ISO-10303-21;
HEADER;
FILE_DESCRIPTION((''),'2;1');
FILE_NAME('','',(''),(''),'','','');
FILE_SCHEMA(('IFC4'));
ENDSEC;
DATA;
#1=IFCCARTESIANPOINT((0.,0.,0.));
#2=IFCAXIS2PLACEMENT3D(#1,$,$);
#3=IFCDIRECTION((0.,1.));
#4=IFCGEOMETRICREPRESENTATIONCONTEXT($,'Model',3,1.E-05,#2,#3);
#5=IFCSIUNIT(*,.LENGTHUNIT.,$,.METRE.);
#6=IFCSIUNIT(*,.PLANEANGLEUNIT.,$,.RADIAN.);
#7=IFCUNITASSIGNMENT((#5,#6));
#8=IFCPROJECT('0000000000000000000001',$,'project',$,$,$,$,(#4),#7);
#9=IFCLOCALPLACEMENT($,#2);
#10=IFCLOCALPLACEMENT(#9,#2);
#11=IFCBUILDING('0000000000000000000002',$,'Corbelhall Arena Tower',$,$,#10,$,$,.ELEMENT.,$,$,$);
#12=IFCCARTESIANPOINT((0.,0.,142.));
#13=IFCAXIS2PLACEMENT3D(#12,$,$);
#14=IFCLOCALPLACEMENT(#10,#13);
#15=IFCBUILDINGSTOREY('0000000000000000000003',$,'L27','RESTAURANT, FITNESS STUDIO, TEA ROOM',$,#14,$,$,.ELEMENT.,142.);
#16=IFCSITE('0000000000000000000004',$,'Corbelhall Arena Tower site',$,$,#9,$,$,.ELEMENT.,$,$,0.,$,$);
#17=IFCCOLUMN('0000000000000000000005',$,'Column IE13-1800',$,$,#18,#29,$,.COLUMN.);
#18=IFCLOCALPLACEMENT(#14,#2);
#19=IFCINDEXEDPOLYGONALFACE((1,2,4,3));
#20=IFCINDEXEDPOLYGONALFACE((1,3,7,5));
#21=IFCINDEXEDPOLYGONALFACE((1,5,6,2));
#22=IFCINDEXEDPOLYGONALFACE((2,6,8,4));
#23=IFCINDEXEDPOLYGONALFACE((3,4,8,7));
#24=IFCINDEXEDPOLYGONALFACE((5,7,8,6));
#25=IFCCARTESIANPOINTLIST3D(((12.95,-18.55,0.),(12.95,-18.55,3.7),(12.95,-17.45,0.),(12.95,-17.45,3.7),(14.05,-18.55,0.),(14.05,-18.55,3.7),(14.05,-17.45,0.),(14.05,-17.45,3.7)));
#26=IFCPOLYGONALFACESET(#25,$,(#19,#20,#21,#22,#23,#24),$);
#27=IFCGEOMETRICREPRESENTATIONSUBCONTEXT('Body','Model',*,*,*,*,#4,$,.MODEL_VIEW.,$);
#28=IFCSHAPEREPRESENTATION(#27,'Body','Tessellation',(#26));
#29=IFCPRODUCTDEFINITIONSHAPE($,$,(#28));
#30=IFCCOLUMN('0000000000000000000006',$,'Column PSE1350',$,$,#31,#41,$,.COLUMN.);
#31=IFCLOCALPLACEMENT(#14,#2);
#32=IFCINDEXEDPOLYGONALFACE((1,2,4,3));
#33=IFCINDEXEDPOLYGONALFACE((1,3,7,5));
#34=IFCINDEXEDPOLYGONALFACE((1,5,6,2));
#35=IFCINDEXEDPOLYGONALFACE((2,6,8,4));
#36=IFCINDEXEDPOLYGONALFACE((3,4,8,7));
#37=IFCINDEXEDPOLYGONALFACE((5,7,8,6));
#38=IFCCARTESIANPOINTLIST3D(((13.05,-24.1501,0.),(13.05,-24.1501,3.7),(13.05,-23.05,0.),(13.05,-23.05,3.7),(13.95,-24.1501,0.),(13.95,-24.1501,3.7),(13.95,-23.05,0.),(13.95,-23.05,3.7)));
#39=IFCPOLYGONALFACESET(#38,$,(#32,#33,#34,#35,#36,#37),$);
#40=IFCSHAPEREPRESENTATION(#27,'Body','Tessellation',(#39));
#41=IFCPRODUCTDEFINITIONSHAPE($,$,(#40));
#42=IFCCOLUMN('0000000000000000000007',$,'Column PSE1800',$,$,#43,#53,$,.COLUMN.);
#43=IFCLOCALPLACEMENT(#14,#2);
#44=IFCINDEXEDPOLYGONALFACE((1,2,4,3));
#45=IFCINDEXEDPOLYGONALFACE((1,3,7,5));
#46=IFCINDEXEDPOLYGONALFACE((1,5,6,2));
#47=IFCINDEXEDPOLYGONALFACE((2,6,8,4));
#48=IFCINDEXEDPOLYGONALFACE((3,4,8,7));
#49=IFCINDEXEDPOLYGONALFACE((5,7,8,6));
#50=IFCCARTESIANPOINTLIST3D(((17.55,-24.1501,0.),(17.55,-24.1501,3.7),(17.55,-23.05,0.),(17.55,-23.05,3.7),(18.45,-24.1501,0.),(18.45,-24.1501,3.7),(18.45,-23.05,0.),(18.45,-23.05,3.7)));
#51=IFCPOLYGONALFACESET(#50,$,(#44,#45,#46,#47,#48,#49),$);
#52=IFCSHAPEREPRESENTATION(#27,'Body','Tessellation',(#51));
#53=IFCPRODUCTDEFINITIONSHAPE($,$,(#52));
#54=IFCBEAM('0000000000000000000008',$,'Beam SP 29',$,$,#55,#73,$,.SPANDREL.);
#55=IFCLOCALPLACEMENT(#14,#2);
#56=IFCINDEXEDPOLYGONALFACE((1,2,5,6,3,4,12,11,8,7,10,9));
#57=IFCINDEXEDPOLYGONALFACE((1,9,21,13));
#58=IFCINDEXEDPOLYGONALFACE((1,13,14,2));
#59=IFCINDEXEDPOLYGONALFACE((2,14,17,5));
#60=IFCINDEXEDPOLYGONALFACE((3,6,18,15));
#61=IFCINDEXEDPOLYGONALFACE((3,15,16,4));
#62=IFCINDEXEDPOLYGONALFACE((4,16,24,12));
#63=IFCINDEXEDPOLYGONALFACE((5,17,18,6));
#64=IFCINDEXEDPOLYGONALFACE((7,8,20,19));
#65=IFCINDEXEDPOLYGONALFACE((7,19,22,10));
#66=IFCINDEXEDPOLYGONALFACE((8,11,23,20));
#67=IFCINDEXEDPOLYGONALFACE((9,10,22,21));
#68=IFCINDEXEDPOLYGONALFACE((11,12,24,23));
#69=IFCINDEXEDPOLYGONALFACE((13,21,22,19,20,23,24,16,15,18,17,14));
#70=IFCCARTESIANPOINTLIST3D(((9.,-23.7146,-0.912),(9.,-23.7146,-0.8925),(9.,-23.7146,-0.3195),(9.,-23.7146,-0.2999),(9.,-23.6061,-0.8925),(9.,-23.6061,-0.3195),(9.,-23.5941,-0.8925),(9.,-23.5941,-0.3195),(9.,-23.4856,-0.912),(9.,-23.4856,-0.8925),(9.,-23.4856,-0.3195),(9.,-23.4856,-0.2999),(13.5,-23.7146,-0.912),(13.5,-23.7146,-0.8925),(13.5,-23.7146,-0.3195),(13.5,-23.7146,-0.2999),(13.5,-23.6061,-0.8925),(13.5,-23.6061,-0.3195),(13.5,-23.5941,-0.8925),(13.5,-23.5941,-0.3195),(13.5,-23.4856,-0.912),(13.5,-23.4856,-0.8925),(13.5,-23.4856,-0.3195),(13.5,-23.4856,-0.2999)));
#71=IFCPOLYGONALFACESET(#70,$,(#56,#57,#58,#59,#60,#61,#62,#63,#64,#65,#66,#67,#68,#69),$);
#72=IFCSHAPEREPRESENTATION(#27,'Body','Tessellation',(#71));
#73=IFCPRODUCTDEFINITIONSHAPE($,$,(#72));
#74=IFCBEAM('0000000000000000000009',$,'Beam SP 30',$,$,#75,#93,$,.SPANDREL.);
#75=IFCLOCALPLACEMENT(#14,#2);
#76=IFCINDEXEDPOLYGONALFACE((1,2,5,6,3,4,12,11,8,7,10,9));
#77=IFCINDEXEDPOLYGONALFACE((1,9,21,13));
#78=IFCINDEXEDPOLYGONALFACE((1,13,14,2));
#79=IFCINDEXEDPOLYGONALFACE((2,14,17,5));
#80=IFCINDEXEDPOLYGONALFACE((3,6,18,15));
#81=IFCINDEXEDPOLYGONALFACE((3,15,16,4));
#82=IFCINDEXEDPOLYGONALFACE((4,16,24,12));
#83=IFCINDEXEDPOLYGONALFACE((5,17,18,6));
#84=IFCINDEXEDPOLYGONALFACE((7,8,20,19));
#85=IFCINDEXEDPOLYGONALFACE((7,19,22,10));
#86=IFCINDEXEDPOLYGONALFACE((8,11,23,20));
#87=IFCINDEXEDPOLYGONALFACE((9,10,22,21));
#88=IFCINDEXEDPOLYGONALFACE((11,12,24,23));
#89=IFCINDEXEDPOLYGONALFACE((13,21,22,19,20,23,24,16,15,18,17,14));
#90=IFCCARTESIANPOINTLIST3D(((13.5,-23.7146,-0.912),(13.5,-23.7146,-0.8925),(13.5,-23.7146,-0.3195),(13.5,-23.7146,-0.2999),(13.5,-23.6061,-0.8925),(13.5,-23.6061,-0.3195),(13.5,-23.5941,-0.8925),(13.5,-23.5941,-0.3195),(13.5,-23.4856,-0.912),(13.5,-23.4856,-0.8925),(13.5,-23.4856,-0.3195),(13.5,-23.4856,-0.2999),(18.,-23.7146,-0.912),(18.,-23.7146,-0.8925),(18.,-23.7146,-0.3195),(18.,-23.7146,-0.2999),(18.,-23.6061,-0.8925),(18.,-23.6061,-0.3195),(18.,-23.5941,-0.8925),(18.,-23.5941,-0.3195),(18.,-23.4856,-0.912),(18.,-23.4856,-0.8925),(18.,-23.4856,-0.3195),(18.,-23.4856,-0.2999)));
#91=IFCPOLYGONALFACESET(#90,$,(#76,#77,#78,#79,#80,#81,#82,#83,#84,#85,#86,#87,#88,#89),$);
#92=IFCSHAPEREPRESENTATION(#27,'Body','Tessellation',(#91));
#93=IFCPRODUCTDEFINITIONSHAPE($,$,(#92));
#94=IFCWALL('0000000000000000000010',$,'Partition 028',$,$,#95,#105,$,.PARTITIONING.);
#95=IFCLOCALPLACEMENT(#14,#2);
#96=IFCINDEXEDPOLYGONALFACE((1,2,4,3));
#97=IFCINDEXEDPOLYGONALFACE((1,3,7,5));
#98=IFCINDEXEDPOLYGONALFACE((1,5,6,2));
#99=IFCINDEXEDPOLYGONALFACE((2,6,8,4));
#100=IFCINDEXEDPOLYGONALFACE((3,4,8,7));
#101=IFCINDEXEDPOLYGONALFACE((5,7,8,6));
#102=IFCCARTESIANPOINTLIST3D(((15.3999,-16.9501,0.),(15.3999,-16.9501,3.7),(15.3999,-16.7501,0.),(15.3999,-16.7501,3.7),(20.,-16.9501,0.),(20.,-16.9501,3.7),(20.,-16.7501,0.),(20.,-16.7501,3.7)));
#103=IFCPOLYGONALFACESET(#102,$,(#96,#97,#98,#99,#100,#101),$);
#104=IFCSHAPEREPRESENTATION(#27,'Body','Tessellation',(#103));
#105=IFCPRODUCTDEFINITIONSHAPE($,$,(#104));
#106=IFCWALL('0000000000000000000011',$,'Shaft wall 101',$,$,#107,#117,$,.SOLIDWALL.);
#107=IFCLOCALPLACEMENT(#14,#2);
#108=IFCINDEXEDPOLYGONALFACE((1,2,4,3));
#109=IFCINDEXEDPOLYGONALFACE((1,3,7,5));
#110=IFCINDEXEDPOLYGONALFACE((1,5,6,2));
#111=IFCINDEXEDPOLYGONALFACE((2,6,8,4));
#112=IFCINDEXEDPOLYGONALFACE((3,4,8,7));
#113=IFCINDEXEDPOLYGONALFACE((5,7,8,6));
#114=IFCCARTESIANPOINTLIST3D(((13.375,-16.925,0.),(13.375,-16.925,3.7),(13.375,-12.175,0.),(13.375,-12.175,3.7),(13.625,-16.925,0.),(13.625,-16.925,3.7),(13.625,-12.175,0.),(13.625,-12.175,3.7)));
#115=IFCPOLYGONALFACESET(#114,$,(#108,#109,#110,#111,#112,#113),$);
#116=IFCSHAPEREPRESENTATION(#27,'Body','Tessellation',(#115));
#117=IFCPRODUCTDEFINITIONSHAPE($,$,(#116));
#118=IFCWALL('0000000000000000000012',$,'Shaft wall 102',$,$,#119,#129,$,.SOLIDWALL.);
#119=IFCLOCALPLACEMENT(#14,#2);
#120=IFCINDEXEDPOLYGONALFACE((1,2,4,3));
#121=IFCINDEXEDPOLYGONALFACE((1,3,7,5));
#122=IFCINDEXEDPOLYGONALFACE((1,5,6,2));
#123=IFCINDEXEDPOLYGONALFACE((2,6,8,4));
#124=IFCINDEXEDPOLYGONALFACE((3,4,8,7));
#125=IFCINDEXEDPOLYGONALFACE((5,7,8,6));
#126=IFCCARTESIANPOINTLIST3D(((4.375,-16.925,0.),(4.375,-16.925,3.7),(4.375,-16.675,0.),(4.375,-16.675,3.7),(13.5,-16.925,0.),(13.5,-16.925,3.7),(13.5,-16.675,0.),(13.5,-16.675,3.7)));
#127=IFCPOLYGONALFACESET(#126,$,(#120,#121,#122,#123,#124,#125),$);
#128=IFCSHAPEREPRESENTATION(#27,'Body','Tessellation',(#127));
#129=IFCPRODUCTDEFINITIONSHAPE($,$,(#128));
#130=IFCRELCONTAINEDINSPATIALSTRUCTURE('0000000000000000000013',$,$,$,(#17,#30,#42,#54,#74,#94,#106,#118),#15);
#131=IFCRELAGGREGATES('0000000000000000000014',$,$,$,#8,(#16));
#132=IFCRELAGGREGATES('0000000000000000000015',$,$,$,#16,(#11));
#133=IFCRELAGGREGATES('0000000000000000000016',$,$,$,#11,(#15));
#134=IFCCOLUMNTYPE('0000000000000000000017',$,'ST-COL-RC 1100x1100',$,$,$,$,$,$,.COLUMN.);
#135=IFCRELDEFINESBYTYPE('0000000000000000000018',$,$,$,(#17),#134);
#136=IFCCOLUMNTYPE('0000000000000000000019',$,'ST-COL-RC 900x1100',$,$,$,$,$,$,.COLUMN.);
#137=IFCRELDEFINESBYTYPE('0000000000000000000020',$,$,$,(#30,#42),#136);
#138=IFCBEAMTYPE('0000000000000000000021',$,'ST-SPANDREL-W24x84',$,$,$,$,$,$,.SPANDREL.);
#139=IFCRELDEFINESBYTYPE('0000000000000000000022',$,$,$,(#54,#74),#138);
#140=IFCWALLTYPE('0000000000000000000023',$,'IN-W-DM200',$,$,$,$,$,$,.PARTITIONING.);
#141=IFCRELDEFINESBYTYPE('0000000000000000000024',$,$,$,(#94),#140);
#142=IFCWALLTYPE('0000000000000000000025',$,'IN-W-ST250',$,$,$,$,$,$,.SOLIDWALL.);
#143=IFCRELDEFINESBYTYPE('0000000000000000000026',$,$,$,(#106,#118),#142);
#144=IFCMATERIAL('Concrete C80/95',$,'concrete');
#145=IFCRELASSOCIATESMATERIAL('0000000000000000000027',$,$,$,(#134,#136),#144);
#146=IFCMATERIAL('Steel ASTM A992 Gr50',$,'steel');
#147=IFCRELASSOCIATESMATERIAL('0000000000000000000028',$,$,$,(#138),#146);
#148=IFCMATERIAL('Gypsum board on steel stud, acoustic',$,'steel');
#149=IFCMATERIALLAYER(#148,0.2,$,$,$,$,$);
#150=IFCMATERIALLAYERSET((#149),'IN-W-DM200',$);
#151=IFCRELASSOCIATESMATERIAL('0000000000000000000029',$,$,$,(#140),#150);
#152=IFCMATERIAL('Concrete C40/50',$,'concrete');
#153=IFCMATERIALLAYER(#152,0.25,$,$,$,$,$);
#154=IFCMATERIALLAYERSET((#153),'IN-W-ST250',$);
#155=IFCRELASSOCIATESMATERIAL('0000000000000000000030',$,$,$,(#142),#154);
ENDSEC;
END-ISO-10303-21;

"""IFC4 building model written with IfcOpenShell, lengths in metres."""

from ifc_helpers import new_model, si_unit, direction, frame, frame_2d, origin, origin_2d, place, context, subcontext, project, spatial, rectangle, i_section, extrude, material, layer, layer_set, material_profile, profile_set, type_object, element, save


model = new_model("IFC4")

# Units and contexts
model_context = context("Model", 3, precision=1e-05, world=origin(), true_north=direction((0.0, 1.0)))
body_context = subcontext(model_context, "Body", "Model", "MODEL_VIEW")
ifc_project = project(units=[si_unit("LENGTHUNIT", "METRE"), si_unit("PLANEANGLEUNIT", "RADIAN")], contexts=[model_context])

# Site, building, storey
site_placement = place(None, origin())
site = spatial("IfcSite", under=ifc_project, at=site_placement, Name="Corbelhall Arena Tower site", CompositionType="ELEMENT", RefElevation=0.0)
building_placement = place(site_placement, origin())
building = spatial("IfcBuilding", under=site, at=building_placement, Name="Corbelhall Arena Tower", CompositionType="ELEMENT")
storey_placement = place(building_placement, frame((0.0, 0.0, 142.0)))
storey = spatial("IfcBuildingStorey", under=building, at=storey_placement, Name="L27", Description="RESTAURANT, FITNESS STUDIO, TEA ROOM", CompositionType="ELEMENT", Elevation=142.0)

# Columns
ifc_material_1 = material(Name="Concrete C80/95", Category="concrete")
ifc_material_profile_1 = material_profile(ifc_material_1, rectangle(XDim=1.1001, YDim=1.1001, at=origin_2d()))
ifc_profile_set_1 = profile_set([ifc_material_profile_1], Name="Concrete C80/95")
column_type_1 = type_object("IfcColumnType", Name="ST-COL-RC 1100x1100", PredefinedType="COLUMN", material=ifc_profile_set_1)
column_placement = place(storey_placement, frame((13.5, -18.0, 0.0), z_axis=(0.0, 0.0, 1.0), x_axis=(1.0, 0.0, 0.0)))
element("IfcColumn", 1, at=column_placement, inside=storey, type_object=column_type_1, Name="Column IE13-1800", PredefinedType="COLUMN", context=body_context, shape_type="SweptSolid", body=[
    extrude(rectangle(XDim=1.1001, YDim=1.1001, at=origin_2d()), origin(), (0.0, 0.0, 1.0), 3.7),
])
ifc_material_profile_2 = material_profile(ifc_material_1, rectangle(XDim=0.8999, YDim=1.1001, at=origin_2d()))
ifc_profile_set_2 = profile_set([ifc_material_profile_2], Name="Concrete C80/95")
column_type_2 = type_object("IfcColumnType", Name="ST-COL-RC 900x1100", PredefinedType="COLUMN", material=ifc_profile_set_2)
for number, where, z_axis, x_axis, name in (
    (2, (13.5, -23.6001, 0.0), (0.0, 0.0, 1.0), (1.0, 0.0, 0.0), "Column PSE1350"),
    (3, (18.0, -23.6001, 0.0), (0.0, 0.0, 1.0), (1.0, 0.0, 0.0), "Column PSE1800"),
):
    element("IfcColumn", number, at=place(storey_placement, frame(where, z_axis=z_axis, x_axis=x_axis)), inside=storey, type_object=column_type_2, Name=name, PredefinedType="COLUMN", context=body_context, shape_type="SweptSolid", body=[
        extrude(rectangle(XDim=0.8999, YDim=1.1001, at=origin_2d()), origin(), (0.0, 0.0, 1.0), 3.7),
    ])

# Beams
ifc_material_2 = material(Name="Steel ASTM A992 Gr50", Category="steel")
ifc_material_profile_3 = material_profile(ifc_material_2, i_section(OverallWidth=0.229, OverallDepth=0.6121, WebThickness=0.012, FlangeThickness=0.0195, at=origin_2d()))
ifc_profile_set_3 = profile_set([ifc_material_profile_3], Name="Steel ASTM A992 Gr50")
beam_type = type_object("IfcBeamType", Name="ST-SPANDREL-W24x84", PredefinedType="SPANDREL", material=ifc_profile_set_3)
for number, where, z_axis, x_axis, name in (
    (4, (13.5, -23.6001, -0.606), (-1.0, 0.0, 0.0), (0.0, -1.0, 0.0), "Beam SP 29"),
    (5, (18.0, -23.6001, -0.606), (-1.0, 0.0, 0.0), (0.0, -1.0, 0.0), "Beam SP 30"),
):
    element("IfcBeam", number, at=place(storey_placement, frame(where, z_axis=z_axis, x_axis=x_axis)), inside=storey, type_object=beam_type, Name=name, PredefinedType="SPANDREL", context=body_context, shape_type="SweptSolid", body=[
        extrude(i_section(OverallWidth=0.229, OverallDepth=0.6121, WebThickness=0.012, FlangeThickness=0.0195, at=origin_2d()), origin(), (0.0, 0.0, 1.0), 4.5),
    ])

# Shared definitions
ifc_material_3 = material(Name="Gypsum board on steel stud, acoustic", Category="steel")
ifc_layer_1 = layer(ifc_material_3, 0.2)
ifc_layer_set_1 = layer_set([ifc_layer_1], Name="IN-W-DM200")
wall_type_1 = type_object("IfcWallType", Name="IN-W-DM200", PredefinedType="PARTITIONING", material=ifc_layer_set_1)

# Walls
wall_1_placement = place(storey_placement, frame((15.3999, -16.8501, 0.0), z_axis=(0.0, 0.0, 1.0), x_axis=(1.0, 0.0, 0.0)))
element("IfcWall", 6, at=wall_1_placement, inside=storey, type_object=wall_type_1, Name="Partition 028", PredefinedType="PARTITIONING", context=body_context, shape_type="SweptSolid", body=[
    extrude(rectangle(XDim=4.6001, YDim=0.2, at=frame_2d((2.3, 0.0))), origin(), (0.0, 0.0, 1.0), 3.7),
])
ifc_material_4 = material(Name="Concrete C40/50", Category="concrete")
ifc_layer_2 = layer(ifc_material_4, 0.25)
ifc_layer_set_2 = layer_set([ifc_layer_2], Name="IN-W-ST250")
wall_type_2 = type_object("IfcWallType", Name="IN-W-ST250", PredefinedType="SOLIDWALL", material=ifc_layer_set_2)
wall_2_placement = place(storey_placement, frame((13.5, -16.925, 0.0), z_axis=(0.0, 0.0, 1.0), x_axis=(0.0, 1.0, 0.0)))
element("IfcWall", 7, at=wall_2_placement, inside=storey, type_object=wall_type_2, Name="Shaft wall 101", PredefinedType="SOLIDWALL", context=body_context, shape_type="SweptSolid", body=[
    extrude(rectangle(XDim=4.75, YDim=0.25, at=frame_2d((2.375, 0.0))), origin(), (0.0, 0.0, 1.0), 3.7),
])
wall_3_placement = place(storey_placement, frame((13.5, -16.8, 0.0), z_axis=(0.0, 0.0, 1.0), x_axis=(-1.0, 0.0, 0.0)))
element("IfcWall", 8, at=wall_3_placement, inside=storey, type_object=wall_type_2, Name="Shaft wall 102", PredefinedType="SOLIDWALL", context=body_context, shape_type="SweptSolid", body=[
    extrude(rectangle(XDim=9.125, YDim=0.25, at=frame_2d((4.5625, 0.0))), origin(), (0.0, 0.0, 1.0), 3.7),
])

save(model, "model.ifc")
